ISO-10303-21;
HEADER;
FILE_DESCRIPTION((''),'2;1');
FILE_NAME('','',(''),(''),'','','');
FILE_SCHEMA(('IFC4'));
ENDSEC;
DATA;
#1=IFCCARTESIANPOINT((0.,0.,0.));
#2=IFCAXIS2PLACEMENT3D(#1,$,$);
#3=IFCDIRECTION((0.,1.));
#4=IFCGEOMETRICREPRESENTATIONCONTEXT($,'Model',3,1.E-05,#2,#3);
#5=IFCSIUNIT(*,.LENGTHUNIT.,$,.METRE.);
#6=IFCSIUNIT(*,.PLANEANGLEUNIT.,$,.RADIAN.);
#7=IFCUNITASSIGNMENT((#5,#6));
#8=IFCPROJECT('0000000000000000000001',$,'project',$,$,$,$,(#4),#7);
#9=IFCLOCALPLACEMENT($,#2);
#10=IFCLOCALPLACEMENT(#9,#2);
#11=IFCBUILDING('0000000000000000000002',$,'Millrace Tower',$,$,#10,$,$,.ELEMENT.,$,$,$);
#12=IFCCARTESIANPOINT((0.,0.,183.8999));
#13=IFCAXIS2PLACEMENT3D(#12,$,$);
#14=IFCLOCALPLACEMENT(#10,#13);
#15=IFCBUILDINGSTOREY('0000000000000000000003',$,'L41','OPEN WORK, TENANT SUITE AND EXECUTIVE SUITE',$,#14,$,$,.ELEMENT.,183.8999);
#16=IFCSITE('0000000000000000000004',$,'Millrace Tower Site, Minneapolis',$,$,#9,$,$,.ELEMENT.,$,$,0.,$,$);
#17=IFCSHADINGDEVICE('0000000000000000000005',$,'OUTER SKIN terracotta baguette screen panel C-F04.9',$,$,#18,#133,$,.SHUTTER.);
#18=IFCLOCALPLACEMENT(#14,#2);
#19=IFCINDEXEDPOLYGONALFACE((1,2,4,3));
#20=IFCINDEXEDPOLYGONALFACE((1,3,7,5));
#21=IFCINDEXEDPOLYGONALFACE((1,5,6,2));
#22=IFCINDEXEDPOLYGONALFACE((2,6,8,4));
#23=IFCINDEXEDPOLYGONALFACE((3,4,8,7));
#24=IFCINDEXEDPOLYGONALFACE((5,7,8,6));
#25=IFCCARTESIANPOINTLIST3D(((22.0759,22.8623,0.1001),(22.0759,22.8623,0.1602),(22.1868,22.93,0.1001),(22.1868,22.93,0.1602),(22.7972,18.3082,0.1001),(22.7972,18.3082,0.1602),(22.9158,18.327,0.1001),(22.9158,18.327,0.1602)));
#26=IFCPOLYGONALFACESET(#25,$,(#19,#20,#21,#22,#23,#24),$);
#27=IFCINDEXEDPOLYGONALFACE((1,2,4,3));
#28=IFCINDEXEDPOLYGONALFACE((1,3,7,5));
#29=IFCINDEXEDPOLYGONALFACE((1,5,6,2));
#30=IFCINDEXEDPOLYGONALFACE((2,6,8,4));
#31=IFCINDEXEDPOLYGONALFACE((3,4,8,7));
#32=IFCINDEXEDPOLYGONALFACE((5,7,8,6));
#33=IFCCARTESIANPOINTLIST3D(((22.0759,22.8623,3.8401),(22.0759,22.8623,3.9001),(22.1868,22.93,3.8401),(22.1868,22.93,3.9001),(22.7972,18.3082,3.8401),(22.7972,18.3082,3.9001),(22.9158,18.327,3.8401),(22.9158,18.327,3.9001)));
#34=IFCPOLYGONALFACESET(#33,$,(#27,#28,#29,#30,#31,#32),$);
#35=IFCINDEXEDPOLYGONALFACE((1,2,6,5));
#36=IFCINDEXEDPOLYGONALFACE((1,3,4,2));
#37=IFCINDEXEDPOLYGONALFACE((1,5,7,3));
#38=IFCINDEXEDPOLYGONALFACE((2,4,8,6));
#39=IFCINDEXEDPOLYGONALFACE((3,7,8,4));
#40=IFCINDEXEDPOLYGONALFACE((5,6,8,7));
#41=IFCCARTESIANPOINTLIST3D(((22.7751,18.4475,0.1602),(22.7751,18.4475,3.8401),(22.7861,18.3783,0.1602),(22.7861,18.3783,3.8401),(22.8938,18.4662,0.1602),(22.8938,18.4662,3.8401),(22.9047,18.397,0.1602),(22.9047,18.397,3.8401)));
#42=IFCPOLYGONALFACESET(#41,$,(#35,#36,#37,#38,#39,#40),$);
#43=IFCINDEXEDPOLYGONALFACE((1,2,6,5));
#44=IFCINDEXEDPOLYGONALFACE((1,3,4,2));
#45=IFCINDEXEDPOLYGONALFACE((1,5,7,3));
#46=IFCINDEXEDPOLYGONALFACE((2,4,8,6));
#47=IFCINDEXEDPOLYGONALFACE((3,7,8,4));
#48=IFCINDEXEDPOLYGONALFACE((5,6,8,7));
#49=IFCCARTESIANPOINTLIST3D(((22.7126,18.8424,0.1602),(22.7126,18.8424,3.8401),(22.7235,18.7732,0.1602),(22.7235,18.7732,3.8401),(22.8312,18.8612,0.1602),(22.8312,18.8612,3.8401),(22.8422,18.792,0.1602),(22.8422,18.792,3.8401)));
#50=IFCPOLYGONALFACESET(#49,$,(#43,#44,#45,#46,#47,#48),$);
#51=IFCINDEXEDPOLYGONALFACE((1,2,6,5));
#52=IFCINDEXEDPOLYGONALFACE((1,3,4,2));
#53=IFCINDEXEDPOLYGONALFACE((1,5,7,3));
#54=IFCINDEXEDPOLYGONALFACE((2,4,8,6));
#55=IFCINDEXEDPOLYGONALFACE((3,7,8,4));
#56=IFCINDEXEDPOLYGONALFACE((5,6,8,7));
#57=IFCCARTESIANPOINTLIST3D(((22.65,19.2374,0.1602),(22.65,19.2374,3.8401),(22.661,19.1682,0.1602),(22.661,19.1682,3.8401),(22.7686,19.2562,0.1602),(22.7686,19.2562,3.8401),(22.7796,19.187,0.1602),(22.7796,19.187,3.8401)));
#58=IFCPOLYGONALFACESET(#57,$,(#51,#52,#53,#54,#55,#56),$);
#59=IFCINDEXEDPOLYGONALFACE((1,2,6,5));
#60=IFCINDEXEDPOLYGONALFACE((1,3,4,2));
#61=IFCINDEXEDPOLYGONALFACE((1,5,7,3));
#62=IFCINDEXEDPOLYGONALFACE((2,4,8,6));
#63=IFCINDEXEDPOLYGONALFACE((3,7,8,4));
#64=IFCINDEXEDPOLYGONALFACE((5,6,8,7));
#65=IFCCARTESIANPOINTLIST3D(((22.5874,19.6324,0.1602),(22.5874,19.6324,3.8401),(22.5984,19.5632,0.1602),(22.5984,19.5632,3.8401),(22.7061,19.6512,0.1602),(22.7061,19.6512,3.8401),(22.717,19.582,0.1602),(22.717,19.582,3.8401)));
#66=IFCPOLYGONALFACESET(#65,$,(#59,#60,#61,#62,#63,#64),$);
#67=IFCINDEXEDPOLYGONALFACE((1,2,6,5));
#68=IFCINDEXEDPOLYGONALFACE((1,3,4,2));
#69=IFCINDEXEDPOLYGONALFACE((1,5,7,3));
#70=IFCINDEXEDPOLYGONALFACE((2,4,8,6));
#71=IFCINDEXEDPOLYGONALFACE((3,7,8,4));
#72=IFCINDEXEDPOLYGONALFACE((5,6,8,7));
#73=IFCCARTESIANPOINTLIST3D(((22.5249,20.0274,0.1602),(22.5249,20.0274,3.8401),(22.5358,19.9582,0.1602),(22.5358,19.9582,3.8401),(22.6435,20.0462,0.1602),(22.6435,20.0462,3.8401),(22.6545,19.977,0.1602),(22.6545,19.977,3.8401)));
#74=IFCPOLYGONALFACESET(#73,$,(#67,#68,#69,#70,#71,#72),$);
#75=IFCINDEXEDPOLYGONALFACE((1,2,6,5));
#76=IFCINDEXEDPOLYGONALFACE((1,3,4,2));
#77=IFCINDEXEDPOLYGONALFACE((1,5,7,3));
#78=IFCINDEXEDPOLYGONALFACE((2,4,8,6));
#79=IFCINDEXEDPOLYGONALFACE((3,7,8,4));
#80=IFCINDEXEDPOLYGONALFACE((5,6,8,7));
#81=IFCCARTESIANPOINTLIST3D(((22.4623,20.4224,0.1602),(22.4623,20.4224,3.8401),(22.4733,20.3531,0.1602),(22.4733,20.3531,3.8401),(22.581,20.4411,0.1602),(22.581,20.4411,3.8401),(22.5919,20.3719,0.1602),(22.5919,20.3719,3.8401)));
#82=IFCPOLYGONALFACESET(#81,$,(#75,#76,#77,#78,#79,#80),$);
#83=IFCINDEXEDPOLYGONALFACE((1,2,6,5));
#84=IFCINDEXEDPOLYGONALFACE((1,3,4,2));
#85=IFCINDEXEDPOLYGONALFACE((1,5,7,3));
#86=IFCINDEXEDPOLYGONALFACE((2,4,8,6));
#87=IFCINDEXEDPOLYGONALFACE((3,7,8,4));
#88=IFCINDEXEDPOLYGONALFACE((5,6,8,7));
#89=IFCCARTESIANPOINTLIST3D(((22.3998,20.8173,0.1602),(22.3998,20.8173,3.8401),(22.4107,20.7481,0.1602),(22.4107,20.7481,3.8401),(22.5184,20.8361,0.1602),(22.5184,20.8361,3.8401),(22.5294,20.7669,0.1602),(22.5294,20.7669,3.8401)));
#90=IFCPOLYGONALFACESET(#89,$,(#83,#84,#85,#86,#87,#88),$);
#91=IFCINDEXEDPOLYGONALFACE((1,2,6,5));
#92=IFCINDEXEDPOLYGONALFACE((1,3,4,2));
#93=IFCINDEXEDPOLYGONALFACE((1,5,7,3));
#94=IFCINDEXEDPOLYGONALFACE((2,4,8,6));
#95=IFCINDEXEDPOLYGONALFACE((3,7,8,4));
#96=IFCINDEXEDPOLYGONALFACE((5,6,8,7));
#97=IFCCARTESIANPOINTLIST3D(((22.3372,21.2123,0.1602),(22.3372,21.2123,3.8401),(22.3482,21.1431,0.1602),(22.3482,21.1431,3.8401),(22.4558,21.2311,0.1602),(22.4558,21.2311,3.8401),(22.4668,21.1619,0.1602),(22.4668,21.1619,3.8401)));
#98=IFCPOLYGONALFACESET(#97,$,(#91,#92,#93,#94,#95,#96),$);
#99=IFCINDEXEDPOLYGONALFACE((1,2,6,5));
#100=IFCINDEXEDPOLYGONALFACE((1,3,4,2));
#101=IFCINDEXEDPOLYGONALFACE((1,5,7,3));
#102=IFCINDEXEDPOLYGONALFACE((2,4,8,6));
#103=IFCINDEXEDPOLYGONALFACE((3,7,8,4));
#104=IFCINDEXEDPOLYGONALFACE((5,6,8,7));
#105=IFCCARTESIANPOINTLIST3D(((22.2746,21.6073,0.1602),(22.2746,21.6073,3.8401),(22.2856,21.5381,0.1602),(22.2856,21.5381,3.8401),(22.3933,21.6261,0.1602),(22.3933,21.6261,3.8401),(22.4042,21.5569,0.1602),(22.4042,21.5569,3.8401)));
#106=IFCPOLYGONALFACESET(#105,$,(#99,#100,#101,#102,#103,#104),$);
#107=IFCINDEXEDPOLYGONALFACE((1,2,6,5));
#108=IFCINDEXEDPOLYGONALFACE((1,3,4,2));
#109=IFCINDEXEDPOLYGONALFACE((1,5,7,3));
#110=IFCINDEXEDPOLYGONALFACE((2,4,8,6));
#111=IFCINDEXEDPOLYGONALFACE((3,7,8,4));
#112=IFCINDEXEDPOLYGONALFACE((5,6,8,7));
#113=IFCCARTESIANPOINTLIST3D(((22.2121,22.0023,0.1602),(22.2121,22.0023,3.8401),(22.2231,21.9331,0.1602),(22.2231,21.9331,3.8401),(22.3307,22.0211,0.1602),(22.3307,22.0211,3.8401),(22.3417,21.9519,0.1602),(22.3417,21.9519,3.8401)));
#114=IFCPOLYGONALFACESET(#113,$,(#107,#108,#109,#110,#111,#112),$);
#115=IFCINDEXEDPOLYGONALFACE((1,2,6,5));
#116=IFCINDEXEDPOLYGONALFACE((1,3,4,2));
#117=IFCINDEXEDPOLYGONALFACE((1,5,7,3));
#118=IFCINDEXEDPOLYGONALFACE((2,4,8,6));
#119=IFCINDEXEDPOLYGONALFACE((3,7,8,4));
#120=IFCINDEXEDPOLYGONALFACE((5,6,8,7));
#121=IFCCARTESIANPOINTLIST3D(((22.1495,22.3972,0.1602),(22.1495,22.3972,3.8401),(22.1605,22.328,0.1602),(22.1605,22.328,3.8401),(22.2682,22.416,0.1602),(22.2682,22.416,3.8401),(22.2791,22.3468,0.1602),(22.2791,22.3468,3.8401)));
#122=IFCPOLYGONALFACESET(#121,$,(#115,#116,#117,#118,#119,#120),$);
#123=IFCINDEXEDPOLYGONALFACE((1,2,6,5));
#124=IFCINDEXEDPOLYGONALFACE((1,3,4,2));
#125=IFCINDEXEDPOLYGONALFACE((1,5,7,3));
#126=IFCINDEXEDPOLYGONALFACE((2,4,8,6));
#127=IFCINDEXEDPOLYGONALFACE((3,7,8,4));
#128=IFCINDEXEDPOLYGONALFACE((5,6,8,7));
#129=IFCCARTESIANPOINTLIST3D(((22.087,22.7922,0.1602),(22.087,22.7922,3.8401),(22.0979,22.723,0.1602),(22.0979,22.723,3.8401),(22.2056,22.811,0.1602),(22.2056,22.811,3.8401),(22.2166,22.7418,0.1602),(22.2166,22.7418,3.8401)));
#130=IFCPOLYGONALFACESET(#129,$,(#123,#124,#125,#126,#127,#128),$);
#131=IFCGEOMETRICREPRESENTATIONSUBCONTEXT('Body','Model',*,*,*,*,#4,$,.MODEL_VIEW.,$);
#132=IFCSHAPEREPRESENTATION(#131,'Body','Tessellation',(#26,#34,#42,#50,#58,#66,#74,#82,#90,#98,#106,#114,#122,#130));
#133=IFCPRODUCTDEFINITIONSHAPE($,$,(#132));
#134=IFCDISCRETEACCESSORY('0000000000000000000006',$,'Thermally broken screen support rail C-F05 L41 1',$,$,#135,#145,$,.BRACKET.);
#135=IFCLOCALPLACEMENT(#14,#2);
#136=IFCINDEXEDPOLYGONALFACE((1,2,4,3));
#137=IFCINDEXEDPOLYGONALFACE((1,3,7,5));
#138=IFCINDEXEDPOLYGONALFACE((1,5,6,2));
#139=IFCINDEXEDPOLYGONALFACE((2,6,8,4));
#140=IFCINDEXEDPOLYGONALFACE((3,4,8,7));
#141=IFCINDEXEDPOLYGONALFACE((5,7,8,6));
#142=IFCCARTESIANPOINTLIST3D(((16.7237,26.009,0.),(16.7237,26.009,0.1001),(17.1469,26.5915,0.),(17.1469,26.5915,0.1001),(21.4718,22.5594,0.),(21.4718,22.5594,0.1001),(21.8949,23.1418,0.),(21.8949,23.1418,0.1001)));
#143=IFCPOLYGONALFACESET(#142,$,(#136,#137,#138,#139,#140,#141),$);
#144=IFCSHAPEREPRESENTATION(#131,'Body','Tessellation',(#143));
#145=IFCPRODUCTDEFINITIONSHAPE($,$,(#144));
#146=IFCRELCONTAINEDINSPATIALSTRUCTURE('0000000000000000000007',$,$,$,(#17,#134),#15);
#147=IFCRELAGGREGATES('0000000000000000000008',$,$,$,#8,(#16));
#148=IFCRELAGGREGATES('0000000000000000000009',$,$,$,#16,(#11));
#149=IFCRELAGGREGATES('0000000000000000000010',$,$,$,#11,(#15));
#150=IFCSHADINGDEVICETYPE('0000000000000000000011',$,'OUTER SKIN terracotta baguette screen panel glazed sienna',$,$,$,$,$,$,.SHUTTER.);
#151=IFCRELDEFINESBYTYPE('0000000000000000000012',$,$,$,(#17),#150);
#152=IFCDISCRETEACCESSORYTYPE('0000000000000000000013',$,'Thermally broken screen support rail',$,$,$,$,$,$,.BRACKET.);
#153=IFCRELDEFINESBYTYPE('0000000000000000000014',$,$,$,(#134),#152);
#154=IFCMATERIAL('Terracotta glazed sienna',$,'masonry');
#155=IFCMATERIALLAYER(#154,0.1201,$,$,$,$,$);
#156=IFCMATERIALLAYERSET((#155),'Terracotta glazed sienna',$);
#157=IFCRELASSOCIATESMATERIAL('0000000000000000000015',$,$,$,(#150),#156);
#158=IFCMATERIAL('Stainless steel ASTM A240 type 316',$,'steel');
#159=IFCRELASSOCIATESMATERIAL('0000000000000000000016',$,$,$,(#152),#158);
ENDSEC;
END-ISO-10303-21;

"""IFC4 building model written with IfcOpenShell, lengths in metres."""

from ifc_helpers import new_model, entity, si_unit, direction, frame, frame_2d, origin, origin_2d, place, context, subcontext, project, spatial, rectangle, extrude, source, transform, mapped, material, layer, layer_set, type_object, element, save


model = new_model("IFC4")

# Units and contexts
model_context = context("Model", 3, precision=1e-05, world=origin(), true_north=direction((0.0, 1.0)))
body_context = subcontext(model_context, "Body", "Model", "MODEL_VIEW")
ifc_project = project(units=[si_unit("LENGTHUNIT", "METRE"), si_unit("PLANEANGLEUNIT", "RADIAN")], contexts=[model_context])

# Site, building, storey
site_placement = place(None, origin())
site = spatial("IfcSite", under=ifc_project, at=site_placement, Name="Millrace Tower Site, Minneapolis", CompositionType="ELEMENT", RefElevation=0.0)
building_placement = place(site_placement, origin())
building = spatial("IfcBuilding", under=site, at=building_placement, Name="Millrace Tower", CompositionType="ELEMENT")
storey_placement = place(building_placement, frame((0.0, 0.0, 183.8999)))
storey = spatial("IfcBuildingStorey", under=building, at=storey_placement, Name="L41", Description="OPEN WORK, TENANT SUITE AND EXECUTIVE SUITE", CompositionType="ELEMENT", Elevation=183.8999)

# Shading device
ifc_material_1 = material(Name="Terracotta glazed sienna", Category="masonry")
ifc_layer_1 = layer(ifc_material_1, 0.1201)
ifc_layer_set_1 = layer_set([ifc_layer_1], Name="Terracotta glazed sienna")
shading_device_type = type_object("IfcShadingDeviceType", Name="OUTER SKIN terracotta baguette screen panel glazed sienna", PredefinedType="SHUTTER", material=ifc_layer_set_1)
cartesian_point_1 = entity("IfcCartesianPoint", [-2.3179, 0.0601])
shared_polyline_1 = entity("IfcPolyline", [cartesian_point_1, entity("IfcCartesianPoint", [2.293, 0.0601]), entity("IfcCartesianPoint", [2.3425, -0.0601]), entity("IfcCartesianPoint", [-2.3179, -0.0601]), cartesian_point_1])
shared_shape_1 = source(origin(), body_context, "Body", "SweptSolid", [
    entity("IfcExtrudedAreaSolid", entity("IfcArbitraryClosedProfileDef", "AREA", None, shared_polyline_1), entity("IfcAxis2Placement3D", entity("IfcCartesianPoint", [0.0, 0.0, 0.0])), entity("IfcDirection", [0.0, 0.0, 1.0]), 0.0601),
    entity("IfcExtrudedAreaSolid", entity("IfcArbitraryClosedProfileDef", "AREA", None, shared_polyline_1), entity("IfcAxis2Placement3D", entity("IfcCartesianPoint", [0.0, 0.0, 3.74])), entity("IfcDirection", [0.0, 0.0, 1.0]), 0.0601),
    extrude(rectangle(XDim=0.0701, YDim=0.1201, at=frame_2d((-2.2119, 0.0))), frame((0.0, 0.0, 0.0601)), (0.0, 0.0, 1.0), 3.6799),
    extrude(rectangle(XDim=0.0701, YDim=0.1201, at=frame_2d((-1.812, 0.0))), frame((0.0, 0.0, 0.0601)), (0.0, 0.0, 1.0), 3.6799),
    extrude(rectangle(XDim=0.0701, YDim=0.1201, at=frame_2d((-1.4121, 0.0))), frame((0.0, 0.0, 0.0601)), (0.0, 0.0, 1.0), 3.6799),
    extrude(rectangle(XDim=0.0701, YDim=0.1201, at=frame_2d((-1.0122, 0.0))), frame((0.0, 0.0, 0.0601)), (0.0, 0.0, 1.0), 3.6799),
    extrude(rectangle(XDim=0.0701, YDim=0.1201, at=frame_2d((-0.6123, 0.0))), frame((0.0, 0.0, 0.0601)), (0.0, 0.0, 1.0), 3.6799),
    extrude(rectangle(XDim=0.0701, YDim=0.1201, at=frame_2d((-0.2124, 0.0))), frame((0.0, 0.0, 0.0601)), (0.0, 0.0, 1.0), 3.6799),
    extrude(rectangle(XDim=0.0701, YDim=0.1201, at=frame_2d((0.1875, 0.0))), frame((0.0, 0.0, 0.0601)), (0.0, 0.0, 1.0), 3.6799),
    extrude(rectangle(XDim=0.0701, YDim=0.1201, at=frame_2d((0.5874, 0.0))), frame((0.0, 0.0, 0.0601)), (0.0, 0.0, 1.0), 3.6799),
    extrude(rectangle(XDim=0.0701, YDim=0.1201, at=frame_2d((0.9873, 0.0))), frame((0.0, 0.0, 0.0601)), (0.0, 0.0, 1.0), 3.6799),
    extrude(rectangle(XDim=0.0701, YDim=0.1201, at=frame_2d((1.3872, 0.0))), frame((0.0, 0.0, 0.0601)), (0.0, 0.0, 1.0), 3.6799),
    extrude(rectangle(XDim=0.0701, YDim=0.1201, at=frame_2d((1.7871, 0.0))), frame((0.0, 0.0, 0.0601)), (0.0, 0.0, 1.0), 3.6799),
    extrude(rectangle(XDim=0.0701, YDim=0.1201, at=frame_2d((2.187, 0.0))), frame((0.0, 0.0, 0.0601)), (0.0, 0.0, 1.0), 3.6799),
])
shading_device_1_placement = place(storey_placement, frame((22.4939, 20.6069, 0.1001), z_axis=(0.0, 0.0, 1.0), x_axis=(-0.156434, 0.987688, 0.0)))
element("IfcShadingDevice", 1, at=shading_device_1_placement, inside=storey, type_object=shading_device_type, Name="OUTER SKIN terracotta baguette screen panel C-F04.9", PredefinedType="SHUTTER", context=body_context, shape_type="MappedRepresentation", body=[
    mapped(shared_shape_1, transform((0.0, 0.0, 0.0), scale=1.0)),
])

# Discrete accessory
ifc_material_2 = material(Name="Stainless steel ASTM A240 type 316", Category="steel")
discrete_accessory_type = type_object("IfcDiscreteAccessoryType", Name="Thermally broken screen support rail", PredefinedType="BRACKET", material=ifc_material_2)
discrete_accessory_placement = place(storey_placement, frame((19.3093, 24.5754, 0.0), z_axis=(0.0, 0.0, 1.0), x_axis=(-0.809017, 0.587785, 0.0)))
element("IfcDiscreteAccessory", 2, at=discrete_accessory_placement, inside=storey, type_object=discrete_accessory_type, Name="Thermally broken screen support rail C-F05 L41 1", PredefinedType="BRACKET", context=body_context, shape_type="SweptSolid", body=[
    extrude(rectangle(XDim=5.8689, YDim=0.72, at=origin_2d()), origin(), (0.0, 0.0, 1.0), 0.1001),
])

save(model, "model.ifc")
